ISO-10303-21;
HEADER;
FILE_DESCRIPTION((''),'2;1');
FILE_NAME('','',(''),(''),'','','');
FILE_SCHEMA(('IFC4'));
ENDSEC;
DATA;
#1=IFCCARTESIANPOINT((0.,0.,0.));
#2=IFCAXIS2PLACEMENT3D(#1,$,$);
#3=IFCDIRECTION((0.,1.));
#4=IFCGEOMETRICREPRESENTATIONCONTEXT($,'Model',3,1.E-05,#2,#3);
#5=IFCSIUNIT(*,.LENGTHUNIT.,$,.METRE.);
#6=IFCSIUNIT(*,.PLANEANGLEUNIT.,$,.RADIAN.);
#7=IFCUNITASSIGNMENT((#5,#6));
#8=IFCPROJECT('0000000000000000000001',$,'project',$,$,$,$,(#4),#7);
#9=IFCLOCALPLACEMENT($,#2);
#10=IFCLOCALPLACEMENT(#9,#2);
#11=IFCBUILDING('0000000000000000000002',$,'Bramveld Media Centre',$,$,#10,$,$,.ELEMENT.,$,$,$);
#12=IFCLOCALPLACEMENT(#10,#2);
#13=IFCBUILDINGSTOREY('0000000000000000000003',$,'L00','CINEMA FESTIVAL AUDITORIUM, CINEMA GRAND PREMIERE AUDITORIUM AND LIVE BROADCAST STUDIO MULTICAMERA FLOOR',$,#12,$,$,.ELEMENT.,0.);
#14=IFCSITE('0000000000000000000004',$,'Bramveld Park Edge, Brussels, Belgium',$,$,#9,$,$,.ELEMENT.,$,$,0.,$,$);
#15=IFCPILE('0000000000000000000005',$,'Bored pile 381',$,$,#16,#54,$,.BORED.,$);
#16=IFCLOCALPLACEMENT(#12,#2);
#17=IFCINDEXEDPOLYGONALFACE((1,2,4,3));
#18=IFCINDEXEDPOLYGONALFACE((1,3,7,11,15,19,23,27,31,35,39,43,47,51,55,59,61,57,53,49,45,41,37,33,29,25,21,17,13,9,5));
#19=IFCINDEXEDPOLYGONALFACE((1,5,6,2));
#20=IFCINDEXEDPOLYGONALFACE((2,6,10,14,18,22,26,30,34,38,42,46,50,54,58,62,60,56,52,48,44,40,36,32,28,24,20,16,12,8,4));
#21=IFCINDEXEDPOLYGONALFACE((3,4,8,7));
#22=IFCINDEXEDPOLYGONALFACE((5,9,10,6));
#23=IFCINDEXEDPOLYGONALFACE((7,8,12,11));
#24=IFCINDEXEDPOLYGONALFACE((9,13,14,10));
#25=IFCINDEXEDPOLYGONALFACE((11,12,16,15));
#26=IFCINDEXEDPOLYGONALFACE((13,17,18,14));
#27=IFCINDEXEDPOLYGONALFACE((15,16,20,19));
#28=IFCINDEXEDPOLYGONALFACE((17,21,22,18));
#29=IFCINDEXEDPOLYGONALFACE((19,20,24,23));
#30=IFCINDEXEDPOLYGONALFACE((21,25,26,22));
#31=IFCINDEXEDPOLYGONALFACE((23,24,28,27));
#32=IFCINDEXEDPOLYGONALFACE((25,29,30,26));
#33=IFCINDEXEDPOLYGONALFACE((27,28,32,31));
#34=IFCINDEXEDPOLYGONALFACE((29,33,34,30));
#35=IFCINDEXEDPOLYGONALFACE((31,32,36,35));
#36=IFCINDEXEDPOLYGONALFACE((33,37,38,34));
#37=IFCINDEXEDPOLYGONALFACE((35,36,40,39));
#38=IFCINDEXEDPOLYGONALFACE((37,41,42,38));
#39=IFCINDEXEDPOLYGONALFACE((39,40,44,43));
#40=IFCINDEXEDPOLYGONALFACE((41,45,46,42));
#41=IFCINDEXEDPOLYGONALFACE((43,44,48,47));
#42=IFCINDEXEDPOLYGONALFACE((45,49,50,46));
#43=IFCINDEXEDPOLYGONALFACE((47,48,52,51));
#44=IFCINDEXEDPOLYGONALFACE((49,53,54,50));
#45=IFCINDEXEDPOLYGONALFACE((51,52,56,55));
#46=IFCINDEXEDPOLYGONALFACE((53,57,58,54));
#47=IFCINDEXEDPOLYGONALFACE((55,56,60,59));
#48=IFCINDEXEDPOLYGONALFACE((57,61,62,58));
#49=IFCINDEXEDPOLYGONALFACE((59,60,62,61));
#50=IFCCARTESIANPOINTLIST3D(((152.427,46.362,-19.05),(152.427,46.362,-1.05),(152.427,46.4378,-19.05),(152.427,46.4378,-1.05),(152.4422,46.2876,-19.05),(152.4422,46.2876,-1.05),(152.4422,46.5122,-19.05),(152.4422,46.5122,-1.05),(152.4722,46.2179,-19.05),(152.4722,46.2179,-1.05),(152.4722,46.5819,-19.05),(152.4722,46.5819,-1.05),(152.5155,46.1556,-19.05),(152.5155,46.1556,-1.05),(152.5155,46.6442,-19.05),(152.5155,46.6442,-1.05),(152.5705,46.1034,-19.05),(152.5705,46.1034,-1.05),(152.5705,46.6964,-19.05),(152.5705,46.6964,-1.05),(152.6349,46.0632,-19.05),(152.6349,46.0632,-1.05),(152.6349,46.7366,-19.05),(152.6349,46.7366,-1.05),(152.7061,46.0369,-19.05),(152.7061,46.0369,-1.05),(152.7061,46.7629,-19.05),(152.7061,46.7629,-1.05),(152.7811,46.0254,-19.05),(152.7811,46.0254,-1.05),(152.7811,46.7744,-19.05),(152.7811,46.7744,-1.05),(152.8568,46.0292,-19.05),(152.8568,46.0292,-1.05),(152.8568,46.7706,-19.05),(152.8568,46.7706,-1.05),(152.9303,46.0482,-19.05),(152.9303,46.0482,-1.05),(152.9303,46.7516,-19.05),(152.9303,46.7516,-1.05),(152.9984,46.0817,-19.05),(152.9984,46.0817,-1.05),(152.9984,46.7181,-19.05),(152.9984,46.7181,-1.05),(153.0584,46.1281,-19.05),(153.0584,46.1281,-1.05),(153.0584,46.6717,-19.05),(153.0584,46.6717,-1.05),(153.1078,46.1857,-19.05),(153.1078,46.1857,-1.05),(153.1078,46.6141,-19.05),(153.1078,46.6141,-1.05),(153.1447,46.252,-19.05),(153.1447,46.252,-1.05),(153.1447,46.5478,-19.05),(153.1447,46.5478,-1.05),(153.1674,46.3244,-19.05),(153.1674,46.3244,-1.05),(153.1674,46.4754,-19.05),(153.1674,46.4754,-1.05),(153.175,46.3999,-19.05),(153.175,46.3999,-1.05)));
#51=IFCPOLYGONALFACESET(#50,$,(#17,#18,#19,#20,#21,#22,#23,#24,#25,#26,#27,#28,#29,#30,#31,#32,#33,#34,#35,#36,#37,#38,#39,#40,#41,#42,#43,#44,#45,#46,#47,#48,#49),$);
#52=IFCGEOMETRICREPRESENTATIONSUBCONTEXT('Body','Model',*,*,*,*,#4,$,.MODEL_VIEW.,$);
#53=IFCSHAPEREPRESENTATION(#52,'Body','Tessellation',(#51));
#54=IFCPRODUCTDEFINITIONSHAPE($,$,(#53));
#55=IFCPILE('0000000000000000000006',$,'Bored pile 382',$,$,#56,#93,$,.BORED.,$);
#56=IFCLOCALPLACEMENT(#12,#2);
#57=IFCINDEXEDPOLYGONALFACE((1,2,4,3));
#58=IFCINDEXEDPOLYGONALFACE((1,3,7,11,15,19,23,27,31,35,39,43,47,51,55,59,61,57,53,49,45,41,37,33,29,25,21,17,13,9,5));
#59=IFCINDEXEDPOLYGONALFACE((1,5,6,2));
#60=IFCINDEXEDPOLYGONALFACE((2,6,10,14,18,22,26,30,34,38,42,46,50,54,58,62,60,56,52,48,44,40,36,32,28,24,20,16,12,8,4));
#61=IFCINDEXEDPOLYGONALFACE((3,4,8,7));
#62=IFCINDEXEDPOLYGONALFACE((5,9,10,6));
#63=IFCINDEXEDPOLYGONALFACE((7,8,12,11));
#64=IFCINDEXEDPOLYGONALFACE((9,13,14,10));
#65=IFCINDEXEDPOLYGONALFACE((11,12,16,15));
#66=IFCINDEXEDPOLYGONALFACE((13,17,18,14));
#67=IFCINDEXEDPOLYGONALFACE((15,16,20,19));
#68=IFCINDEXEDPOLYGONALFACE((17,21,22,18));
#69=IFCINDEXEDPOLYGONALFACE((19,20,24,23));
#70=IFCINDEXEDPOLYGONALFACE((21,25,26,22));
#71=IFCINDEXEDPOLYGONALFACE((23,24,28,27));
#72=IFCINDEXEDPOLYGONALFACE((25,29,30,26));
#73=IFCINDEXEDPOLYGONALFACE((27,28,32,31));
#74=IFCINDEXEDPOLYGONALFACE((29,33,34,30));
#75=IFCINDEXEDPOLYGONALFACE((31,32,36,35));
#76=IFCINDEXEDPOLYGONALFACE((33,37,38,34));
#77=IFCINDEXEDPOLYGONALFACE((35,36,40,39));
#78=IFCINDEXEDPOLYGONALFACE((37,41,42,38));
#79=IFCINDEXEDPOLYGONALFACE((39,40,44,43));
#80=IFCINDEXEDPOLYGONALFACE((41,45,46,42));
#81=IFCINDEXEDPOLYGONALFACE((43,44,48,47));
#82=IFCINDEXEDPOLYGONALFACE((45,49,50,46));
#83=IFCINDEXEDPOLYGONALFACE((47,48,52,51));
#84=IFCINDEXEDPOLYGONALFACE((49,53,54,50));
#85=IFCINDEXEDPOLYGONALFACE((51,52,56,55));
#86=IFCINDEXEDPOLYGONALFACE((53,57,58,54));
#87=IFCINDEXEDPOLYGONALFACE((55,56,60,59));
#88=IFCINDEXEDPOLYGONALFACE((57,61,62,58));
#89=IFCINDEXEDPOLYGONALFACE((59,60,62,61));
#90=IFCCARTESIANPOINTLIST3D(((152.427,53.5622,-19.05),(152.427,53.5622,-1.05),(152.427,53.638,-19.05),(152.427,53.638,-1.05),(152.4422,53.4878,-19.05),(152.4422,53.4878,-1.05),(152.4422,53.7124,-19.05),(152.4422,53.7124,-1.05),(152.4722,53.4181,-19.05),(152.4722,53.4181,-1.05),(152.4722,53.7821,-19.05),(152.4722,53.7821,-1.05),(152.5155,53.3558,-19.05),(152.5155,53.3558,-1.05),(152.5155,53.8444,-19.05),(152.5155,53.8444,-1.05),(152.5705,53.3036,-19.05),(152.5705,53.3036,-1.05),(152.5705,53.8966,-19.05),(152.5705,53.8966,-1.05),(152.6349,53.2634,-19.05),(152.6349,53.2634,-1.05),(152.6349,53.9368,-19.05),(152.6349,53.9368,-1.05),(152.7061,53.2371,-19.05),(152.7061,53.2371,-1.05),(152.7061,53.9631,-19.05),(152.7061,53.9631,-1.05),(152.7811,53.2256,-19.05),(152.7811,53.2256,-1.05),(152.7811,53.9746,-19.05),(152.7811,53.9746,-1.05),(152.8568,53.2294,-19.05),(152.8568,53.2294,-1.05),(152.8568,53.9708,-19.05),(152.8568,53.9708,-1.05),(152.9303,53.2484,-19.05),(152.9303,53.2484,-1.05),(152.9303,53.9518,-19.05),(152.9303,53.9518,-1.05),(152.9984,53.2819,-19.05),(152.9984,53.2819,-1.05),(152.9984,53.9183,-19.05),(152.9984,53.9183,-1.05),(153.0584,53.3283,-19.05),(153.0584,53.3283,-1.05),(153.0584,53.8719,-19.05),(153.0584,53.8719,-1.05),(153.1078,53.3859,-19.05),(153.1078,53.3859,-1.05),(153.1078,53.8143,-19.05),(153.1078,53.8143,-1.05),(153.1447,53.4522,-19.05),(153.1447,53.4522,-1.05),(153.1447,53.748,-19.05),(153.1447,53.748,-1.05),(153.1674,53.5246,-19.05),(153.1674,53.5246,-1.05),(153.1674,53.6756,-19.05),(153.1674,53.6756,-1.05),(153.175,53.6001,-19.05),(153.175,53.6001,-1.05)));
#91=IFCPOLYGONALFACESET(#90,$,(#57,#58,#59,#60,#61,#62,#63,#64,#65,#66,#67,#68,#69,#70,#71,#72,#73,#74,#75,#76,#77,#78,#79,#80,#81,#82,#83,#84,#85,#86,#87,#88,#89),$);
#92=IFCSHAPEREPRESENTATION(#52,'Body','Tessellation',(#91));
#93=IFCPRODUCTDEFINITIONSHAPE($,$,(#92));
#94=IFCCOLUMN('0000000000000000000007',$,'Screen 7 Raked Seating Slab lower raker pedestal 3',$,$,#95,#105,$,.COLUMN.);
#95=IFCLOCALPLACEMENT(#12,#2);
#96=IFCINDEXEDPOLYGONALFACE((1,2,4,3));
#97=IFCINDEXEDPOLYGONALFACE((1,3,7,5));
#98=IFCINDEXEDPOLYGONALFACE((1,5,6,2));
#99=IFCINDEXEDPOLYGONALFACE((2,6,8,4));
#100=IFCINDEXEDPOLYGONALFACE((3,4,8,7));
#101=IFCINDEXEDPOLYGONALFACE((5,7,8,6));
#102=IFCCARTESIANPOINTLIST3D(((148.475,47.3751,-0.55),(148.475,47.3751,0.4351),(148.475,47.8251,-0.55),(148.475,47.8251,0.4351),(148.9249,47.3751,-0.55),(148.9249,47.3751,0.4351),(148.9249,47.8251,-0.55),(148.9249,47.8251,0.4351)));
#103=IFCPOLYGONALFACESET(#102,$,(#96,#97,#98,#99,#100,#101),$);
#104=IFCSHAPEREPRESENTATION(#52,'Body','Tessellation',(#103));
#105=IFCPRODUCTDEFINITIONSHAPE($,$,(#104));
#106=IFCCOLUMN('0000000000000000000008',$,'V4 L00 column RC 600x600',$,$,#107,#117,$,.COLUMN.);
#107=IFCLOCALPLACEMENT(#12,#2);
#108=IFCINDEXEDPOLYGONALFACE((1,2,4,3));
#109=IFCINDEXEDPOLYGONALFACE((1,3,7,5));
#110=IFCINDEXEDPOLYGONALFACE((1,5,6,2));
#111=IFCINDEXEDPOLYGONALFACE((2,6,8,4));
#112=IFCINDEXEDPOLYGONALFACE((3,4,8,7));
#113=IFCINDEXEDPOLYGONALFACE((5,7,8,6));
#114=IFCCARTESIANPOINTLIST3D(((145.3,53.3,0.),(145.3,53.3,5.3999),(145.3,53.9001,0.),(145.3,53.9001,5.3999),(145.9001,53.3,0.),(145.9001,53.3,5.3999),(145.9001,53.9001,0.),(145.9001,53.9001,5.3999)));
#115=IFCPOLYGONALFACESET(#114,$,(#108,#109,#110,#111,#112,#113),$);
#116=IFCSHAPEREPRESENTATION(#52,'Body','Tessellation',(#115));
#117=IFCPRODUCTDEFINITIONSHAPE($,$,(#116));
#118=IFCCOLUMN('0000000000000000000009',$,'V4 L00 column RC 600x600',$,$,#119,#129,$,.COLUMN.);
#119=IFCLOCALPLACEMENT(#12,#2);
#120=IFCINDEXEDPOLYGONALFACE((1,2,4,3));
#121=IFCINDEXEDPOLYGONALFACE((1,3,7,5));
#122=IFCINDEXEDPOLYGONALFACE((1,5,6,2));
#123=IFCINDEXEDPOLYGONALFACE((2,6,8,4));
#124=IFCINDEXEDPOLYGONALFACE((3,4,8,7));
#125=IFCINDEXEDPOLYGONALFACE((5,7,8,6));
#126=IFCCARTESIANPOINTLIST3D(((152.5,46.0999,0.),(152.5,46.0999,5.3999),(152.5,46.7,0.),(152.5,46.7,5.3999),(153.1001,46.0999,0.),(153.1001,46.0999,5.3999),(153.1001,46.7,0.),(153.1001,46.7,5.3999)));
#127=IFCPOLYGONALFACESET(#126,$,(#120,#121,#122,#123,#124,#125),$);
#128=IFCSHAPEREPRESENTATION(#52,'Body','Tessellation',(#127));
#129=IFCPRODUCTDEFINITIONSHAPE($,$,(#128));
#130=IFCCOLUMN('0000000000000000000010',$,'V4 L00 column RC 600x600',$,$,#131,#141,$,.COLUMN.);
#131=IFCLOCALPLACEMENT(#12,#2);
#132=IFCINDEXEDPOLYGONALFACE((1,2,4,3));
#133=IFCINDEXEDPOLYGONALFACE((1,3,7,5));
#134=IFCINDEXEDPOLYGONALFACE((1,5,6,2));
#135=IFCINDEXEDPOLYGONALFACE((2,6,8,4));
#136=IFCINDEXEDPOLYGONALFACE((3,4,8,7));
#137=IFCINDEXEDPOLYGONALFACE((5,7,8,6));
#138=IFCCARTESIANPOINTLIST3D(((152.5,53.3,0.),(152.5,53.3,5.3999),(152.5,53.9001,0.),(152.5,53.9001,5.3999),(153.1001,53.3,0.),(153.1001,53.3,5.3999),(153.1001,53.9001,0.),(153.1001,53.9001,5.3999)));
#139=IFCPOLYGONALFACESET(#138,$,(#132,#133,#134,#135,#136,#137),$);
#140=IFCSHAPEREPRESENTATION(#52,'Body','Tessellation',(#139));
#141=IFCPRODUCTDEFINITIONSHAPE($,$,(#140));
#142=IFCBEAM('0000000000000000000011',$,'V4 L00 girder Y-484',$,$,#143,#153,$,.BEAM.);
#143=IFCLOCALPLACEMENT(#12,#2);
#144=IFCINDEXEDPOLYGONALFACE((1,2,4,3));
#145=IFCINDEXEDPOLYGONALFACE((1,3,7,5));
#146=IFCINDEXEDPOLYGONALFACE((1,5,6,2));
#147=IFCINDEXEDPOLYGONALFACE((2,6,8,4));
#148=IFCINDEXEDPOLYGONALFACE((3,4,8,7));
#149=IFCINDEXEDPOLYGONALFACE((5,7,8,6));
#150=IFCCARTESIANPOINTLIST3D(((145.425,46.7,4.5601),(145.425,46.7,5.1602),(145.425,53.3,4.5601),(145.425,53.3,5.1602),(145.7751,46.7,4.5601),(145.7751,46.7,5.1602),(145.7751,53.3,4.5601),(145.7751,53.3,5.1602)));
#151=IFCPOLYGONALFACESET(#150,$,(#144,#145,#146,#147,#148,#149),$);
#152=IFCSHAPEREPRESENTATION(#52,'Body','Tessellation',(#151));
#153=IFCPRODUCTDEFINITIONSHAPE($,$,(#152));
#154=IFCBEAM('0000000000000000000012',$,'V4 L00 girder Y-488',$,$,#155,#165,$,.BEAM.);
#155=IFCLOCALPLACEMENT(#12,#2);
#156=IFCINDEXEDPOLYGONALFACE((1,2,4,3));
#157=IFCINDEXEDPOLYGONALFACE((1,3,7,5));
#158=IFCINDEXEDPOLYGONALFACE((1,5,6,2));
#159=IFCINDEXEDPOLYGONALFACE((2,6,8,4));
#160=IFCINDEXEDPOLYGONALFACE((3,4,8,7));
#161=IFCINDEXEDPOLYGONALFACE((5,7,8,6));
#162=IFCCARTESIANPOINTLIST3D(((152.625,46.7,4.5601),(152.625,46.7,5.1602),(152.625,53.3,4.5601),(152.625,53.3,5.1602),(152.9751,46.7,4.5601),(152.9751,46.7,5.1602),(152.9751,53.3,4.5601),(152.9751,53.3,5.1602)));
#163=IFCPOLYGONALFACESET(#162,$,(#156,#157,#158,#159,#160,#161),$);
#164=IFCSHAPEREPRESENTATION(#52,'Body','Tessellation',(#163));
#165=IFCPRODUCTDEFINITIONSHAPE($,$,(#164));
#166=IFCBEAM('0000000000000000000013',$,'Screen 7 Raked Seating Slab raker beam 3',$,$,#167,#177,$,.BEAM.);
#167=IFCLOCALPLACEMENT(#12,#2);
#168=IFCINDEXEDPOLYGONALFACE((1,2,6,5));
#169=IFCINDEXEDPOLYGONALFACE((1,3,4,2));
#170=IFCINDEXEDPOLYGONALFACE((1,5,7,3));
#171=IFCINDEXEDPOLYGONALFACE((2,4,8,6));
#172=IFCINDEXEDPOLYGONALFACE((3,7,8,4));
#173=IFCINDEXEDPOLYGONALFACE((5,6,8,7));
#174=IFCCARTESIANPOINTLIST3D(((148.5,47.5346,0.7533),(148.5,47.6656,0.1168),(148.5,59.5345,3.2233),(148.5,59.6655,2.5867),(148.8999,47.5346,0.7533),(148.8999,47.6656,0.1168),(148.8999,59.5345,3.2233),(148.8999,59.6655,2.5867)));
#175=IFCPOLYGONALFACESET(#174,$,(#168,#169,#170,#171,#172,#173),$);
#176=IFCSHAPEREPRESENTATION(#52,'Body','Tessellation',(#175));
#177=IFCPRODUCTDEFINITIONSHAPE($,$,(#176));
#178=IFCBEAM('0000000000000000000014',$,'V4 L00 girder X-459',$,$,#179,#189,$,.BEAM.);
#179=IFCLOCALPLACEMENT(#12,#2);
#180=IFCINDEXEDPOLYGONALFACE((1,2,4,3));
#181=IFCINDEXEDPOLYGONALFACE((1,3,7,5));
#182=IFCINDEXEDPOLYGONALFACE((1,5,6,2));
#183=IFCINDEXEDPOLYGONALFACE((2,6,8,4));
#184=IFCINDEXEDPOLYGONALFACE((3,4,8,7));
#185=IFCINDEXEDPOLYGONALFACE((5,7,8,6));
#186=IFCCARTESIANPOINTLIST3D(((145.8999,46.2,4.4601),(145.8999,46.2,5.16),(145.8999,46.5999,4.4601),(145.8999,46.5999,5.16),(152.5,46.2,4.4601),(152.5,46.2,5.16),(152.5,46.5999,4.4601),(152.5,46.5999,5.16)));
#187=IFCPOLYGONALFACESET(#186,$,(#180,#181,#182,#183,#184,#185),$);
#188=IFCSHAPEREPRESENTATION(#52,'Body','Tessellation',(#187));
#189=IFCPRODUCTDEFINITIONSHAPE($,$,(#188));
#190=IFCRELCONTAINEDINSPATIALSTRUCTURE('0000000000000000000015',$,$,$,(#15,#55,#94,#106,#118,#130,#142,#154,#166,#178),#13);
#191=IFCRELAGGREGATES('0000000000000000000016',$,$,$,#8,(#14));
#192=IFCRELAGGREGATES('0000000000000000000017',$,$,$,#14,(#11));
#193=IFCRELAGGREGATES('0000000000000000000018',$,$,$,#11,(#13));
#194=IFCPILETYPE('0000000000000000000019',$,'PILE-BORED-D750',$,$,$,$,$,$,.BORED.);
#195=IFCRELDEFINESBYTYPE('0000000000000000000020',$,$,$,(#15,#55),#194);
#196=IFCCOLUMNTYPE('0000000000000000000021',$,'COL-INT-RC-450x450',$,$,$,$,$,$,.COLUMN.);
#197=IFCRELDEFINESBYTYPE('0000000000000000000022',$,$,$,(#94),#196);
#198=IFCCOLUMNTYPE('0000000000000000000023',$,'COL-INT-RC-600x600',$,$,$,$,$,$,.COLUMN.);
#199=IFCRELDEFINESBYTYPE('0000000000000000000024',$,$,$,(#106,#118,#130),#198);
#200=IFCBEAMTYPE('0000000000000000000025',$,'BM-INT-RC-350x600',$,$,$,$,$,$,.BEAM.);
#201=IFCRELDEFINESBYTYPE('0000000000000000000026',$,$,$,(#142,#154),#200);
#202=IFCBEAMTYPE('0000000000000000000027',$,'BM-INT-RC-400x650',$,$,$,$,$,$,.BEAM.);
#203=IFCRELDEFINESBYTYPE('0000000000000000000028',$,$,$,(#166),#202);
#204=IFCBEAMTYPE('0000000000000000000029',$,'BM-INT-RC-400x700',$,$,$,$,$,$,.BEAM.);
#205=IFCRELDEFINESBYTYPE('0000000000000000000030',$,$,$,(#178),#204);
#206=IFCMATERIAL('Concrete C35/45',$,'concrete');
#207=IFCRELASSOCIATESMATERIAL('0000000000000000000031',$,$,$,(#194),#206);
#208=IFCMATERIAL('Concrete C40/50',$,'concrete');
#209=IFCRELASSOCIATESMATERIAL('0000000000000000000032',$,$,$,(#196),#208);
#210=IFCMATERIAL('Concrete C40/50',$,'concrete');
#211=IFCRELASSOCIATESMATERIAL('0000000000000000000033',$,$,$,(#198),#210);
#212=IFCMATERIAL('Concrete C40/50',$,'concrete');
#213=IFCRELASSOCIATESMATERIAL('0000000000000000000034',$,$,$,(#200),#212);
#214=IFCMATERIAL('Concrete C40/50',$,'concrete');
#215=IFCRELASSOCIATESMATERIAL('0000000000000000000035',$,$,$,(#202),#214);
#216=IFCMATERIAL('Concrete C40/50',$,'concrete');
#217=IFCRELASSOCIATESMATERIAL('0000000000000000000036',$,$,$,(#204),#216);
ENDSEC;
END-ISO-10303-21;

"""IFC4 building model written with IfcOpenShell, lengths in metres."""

from ifc_helpers import new_model, si_unit, direction, frame, origin, origin_2d, place, context, subcontext, project, spatial, rectangle, circle, extrude, material, material_profile, profile_set, type_object, element, save


model = new_model("IFC4")

# Units and contexts
model_context = context("Model", 3, precision=1e-05, world=origin(), true_north=direction((0.0, 1.0)))
body_context = subcontext(model_context, "Body", "Model", "MODEL_VIEW")
ifc_project = project(units=[si_unit("LENGTHUNIT", "METRE"), si_unit("PLANEANGLEUNIT", "RADIAN")], contexts=[model_context])

# Site, building, storey
site_placement = place(None, origin())
site = spatial("IfcSite", under=ifc_project, at=site_placement, Name="Bramveld Park Edge, Brussels, Belgium", CompositionType="ELEMENT", RefElevation=0.0)
building_placement = place(site_placement, origin())
building = spatial("IfcBuilding", under=site, at=building_placement, Name="Bramveld Media Centre", CompositionType="ELEMENT")
storey_placement = place(building_placement, origin())
storey = spatial("IfcBuildingStorey", under=building, at=storey_placement, Name="L00", Description="CINEMA FESTIVAL AUDITORIUM, CINEMA GRAND PREMIERE AUDITORIUM AND LIVE BROADCAST STUDIO MULTICAMERA FLOOR", CompositionType="ELEMENT", Elevation=0.0)

# Piles
ifc_material_1 = material(Name="Concrete C35/45", Category="concrete")
ifc_material_profile_1 = material_profile(ifc_material_1, circle(Radius=0.375, at=origin_2d()), Name="BORED D750")
ifc_profile_set_1 = profile_set([ifc_material_profile_1], Name="Concrete C35/45")
pile_type = type_object("IfcPileType", Name="PILE-BORED-D750", PredefinedType="BORED", material=ifc_profile_set_1)
for number, where, z_axis, x_axis, name in (
    (1, (152.8, 46.3999, -1.05), (0.0, 0.0, -1.0), (1.0, 0.0, 0.0), "Bored pile 381"),
    (2, (152.8, 53.6001, -1.05), (0.0, 0.0, -1.0), (1.0, 0.0, 0.0), "Bored pile 382"),
):
    element("IfcPile", number, at=place(storey_placement, frame(where, z_axis=z_axis, x_axis=x_axis)), inside=storey, type_object=pile_type, Name=name, PredefinedType="BORED", context=body_context, shape_type="SweptSolid", body=[
        extrude(circle(Radius=0.375, at=origin_2d()), origin(), (0.0, 0.0, 1.0), 18.0),
    ])

# Columns
ifc_material_2 = material(Name="Concrete C40/50", Category="concrete")
ifc_material_profile_2 = material_profile(ifc_material_2, rectangle(XDim=0.45, YDim=0.45, at=origin_2d()), Name="RC 450x450")
ifc_profile_set_2 = profile_set([ifc_material_profile_2], Name="Concrete C40/50")
column_type_1 = type_object("IfcColumnType", Name="COL-INT-RC-450x450", PredefinedType="COLUMN", material=ifc_profile_set_2)
column_placement = place(storey_placement, frame((148.7, 47.6001, -0.55), z_axis=(0.0, 0.0, 1.0), x_axis=(1.0, 0.0, 0.0)))
element("IfcColumn", 3, at=column_placement, inside=storey, type_object=column_type_1, Name="Screen 7 Raked Seating Slab lower raker pedestal 3", PredefinedType="COLUMN", context=body_context, shape_type="SweptSolid", body=[
    extrude(rectangle(XDim=0.45, YDim=0.45, at=origin_2d()), origin(), (0.0, 0.0, 1.0), 0.9851),
])
ifc_material_3 = material(Name="Concrete C40/50", Category="concrete")
ifc_material_profile_3 = material_profile(ifc_material_3, rectangle(XDim=0.6001, YDim=0.6001, at=origin_2d()), Name="RC 600x600")
ifc_profile_set_3 = profile_set([ifc_material_profile_3], Name="Concrete C40/50")
column_type_2 = type_object("IfcColumnType", Name="COL-INT-RC-600x600", PredefinedType="COLUMN", material=ifc_profile_set_3)
for number, where, z_axis, x_axis, name in (
    (4, (145.6001, 53.6001, 0.0), (0.0, 0.0, 1.0), (1.0, 0.0, 0.0), "V4 L00 column RC 600x600"),
    (5, (152.8, 46.3999, 0.0), (0.0, 0.0, 1.0), (1.0, 0.0, 0.0), "V4 L00 column RC 600x600"),
    (6, (152.8, 53.6001, 0.0), (0.0, 0.0, 1.0), (1.0, 0.0, 0.0), "V4 L00 column RC 600x600"),
):
    element("IfcColumn", number, at=place(storey_placement, frame(where, z_axis=z_axis, x_axis=x_axis)), inside=storey, type_object=column_type_2, Name=name, PredefinedType="COLUMN", context=body_context, shape_type="SweptSolid", body=[
        extrude(rectangle(XDim=0.6001, YDim=0.6001, at=origin_2d()), origin(), (0.0, 0.0, 1.0), 5.3999),
    ])

# Beams
ifc_material_4 = material(Name="Concrete C40/50", Category="concrete")
ifc_material_profile_4 = material_profile(ifc_material_4, rectangle(XDim=0.3501, YDim=0.6001, at=origin_2d()), Name="RC 350x600")
ifc_profile_set_4 = profile_set([ifc_material_profile_4], Name="Concrete C40/50")
beam_type_1 = type_object("IfcBeamType", Name="BM-INT-RC-350x600", PredefinedType="BEAM", material=ifc_profile_set_4)
for number, where, z_axis, x_axis, name in (
    (7, (145.6001, 46.7, 4.8601), (0.0, 1.0, 0.0), (-1.0, 0.0, 0.0), "V4 L00 girder Y-484"),
    (8, (152.8, 46.7, 4.8601), (0.0, 1.0, 0.0), (-1.0, 0.0, 0.0), "V4 L00 girder Y-488"),
):
    element("IfcBeam", number, at=place(storey_placement, frame(where, z_axis=z_axis, x_axis=x_axis)), inside=storey, type_object=beam_type_1, Name=name, PredefinedType="BEAM", context=body_context, shape_type="SweptSolid", body=[
        extrude(rectangle(XDim=0.3501, YDim=0.6001, at=origin_2d()), origin(), (0.0, 0.0, 1.0), 6.6001),
    ])
ifc_material_5 = material(Name="Concrete C40/50", Category="concrete")
ifc_material_profile_5 = material_profile(ifc_material_5, rectangle(XDim=0.3999, YDim=0.6499, at=origin_2d()), Name="RC 400x650")
ifc_profile_set_5 = profile_set([ifc_material_profile_5], Name="Concrete C40/50")
beam_type_2 = type_object("IfcBeamType", Name="BM-INT-RC-400x650", PredefinedType="BEAM", material=ifc_profile_set_5)
beam_1_placement = place(storey_placement, frame((148.7, 47.6001, 0.4351), z_axis=(0.0, 0.979467, 0.201605), x_axis=(-1.0, 0.0, 0.0)))
element("IfcBeam", 9, at=beam_1_placement, inside=storey, type_object=beam_type_2, Name="Screen 7 Raked Seating Slab raker beam 3", PredefinedType="BEAM", context=body_context, shape_type="SweptSolid", body=[
    extrude(rectangle(XDim=0.3999, YDim=0.6499, at=origin_2d()), origin(), (0.0, 0.0, 1.0), 12.2515),
])
ifc_material_6 = material(Name="Concrete C40/50", Category="concrete")
ifc_material_profile_6 = material_profile(ifc_material_6, rectangle(XDim=0.3999, YDim=0.7, at=origin_2d()), Name="RC 400x700")
ifc_profile_set_6 = profile_set([ifc_material_profile_6], Name="Concrete C40/50")
beam_type_3 = type_object("IfcBeamType", Name="BM-INT-RC-400x700", PredefinedType="BEAM", material=ifc_profile_set_6)
for number, where, z_axis, x_axis, name in (
    (10, (145.8999, 46.3999, 4.8101), (1.0, 0.0, 0.0), (0.0, 1.0, 0.0), "V4 L00 girder X-459"),
):
    element("IfcBeam", number, at=place(storey_placement, frame(where, z_axis=z_axis, x_axis=x_axis)), inside=storey, type_object=beam_type_3, Name=name, PredefinedType="BEAM", context=body_context, shape_type="SweptSolid", body=[
        extrude(rectangle(XDim=0.3999, YDim=0.7, at=origin_2d()), origin(), (0.0, 0.0, 1.0), 6.6001),
    ])

save(model, "model.ifc")
